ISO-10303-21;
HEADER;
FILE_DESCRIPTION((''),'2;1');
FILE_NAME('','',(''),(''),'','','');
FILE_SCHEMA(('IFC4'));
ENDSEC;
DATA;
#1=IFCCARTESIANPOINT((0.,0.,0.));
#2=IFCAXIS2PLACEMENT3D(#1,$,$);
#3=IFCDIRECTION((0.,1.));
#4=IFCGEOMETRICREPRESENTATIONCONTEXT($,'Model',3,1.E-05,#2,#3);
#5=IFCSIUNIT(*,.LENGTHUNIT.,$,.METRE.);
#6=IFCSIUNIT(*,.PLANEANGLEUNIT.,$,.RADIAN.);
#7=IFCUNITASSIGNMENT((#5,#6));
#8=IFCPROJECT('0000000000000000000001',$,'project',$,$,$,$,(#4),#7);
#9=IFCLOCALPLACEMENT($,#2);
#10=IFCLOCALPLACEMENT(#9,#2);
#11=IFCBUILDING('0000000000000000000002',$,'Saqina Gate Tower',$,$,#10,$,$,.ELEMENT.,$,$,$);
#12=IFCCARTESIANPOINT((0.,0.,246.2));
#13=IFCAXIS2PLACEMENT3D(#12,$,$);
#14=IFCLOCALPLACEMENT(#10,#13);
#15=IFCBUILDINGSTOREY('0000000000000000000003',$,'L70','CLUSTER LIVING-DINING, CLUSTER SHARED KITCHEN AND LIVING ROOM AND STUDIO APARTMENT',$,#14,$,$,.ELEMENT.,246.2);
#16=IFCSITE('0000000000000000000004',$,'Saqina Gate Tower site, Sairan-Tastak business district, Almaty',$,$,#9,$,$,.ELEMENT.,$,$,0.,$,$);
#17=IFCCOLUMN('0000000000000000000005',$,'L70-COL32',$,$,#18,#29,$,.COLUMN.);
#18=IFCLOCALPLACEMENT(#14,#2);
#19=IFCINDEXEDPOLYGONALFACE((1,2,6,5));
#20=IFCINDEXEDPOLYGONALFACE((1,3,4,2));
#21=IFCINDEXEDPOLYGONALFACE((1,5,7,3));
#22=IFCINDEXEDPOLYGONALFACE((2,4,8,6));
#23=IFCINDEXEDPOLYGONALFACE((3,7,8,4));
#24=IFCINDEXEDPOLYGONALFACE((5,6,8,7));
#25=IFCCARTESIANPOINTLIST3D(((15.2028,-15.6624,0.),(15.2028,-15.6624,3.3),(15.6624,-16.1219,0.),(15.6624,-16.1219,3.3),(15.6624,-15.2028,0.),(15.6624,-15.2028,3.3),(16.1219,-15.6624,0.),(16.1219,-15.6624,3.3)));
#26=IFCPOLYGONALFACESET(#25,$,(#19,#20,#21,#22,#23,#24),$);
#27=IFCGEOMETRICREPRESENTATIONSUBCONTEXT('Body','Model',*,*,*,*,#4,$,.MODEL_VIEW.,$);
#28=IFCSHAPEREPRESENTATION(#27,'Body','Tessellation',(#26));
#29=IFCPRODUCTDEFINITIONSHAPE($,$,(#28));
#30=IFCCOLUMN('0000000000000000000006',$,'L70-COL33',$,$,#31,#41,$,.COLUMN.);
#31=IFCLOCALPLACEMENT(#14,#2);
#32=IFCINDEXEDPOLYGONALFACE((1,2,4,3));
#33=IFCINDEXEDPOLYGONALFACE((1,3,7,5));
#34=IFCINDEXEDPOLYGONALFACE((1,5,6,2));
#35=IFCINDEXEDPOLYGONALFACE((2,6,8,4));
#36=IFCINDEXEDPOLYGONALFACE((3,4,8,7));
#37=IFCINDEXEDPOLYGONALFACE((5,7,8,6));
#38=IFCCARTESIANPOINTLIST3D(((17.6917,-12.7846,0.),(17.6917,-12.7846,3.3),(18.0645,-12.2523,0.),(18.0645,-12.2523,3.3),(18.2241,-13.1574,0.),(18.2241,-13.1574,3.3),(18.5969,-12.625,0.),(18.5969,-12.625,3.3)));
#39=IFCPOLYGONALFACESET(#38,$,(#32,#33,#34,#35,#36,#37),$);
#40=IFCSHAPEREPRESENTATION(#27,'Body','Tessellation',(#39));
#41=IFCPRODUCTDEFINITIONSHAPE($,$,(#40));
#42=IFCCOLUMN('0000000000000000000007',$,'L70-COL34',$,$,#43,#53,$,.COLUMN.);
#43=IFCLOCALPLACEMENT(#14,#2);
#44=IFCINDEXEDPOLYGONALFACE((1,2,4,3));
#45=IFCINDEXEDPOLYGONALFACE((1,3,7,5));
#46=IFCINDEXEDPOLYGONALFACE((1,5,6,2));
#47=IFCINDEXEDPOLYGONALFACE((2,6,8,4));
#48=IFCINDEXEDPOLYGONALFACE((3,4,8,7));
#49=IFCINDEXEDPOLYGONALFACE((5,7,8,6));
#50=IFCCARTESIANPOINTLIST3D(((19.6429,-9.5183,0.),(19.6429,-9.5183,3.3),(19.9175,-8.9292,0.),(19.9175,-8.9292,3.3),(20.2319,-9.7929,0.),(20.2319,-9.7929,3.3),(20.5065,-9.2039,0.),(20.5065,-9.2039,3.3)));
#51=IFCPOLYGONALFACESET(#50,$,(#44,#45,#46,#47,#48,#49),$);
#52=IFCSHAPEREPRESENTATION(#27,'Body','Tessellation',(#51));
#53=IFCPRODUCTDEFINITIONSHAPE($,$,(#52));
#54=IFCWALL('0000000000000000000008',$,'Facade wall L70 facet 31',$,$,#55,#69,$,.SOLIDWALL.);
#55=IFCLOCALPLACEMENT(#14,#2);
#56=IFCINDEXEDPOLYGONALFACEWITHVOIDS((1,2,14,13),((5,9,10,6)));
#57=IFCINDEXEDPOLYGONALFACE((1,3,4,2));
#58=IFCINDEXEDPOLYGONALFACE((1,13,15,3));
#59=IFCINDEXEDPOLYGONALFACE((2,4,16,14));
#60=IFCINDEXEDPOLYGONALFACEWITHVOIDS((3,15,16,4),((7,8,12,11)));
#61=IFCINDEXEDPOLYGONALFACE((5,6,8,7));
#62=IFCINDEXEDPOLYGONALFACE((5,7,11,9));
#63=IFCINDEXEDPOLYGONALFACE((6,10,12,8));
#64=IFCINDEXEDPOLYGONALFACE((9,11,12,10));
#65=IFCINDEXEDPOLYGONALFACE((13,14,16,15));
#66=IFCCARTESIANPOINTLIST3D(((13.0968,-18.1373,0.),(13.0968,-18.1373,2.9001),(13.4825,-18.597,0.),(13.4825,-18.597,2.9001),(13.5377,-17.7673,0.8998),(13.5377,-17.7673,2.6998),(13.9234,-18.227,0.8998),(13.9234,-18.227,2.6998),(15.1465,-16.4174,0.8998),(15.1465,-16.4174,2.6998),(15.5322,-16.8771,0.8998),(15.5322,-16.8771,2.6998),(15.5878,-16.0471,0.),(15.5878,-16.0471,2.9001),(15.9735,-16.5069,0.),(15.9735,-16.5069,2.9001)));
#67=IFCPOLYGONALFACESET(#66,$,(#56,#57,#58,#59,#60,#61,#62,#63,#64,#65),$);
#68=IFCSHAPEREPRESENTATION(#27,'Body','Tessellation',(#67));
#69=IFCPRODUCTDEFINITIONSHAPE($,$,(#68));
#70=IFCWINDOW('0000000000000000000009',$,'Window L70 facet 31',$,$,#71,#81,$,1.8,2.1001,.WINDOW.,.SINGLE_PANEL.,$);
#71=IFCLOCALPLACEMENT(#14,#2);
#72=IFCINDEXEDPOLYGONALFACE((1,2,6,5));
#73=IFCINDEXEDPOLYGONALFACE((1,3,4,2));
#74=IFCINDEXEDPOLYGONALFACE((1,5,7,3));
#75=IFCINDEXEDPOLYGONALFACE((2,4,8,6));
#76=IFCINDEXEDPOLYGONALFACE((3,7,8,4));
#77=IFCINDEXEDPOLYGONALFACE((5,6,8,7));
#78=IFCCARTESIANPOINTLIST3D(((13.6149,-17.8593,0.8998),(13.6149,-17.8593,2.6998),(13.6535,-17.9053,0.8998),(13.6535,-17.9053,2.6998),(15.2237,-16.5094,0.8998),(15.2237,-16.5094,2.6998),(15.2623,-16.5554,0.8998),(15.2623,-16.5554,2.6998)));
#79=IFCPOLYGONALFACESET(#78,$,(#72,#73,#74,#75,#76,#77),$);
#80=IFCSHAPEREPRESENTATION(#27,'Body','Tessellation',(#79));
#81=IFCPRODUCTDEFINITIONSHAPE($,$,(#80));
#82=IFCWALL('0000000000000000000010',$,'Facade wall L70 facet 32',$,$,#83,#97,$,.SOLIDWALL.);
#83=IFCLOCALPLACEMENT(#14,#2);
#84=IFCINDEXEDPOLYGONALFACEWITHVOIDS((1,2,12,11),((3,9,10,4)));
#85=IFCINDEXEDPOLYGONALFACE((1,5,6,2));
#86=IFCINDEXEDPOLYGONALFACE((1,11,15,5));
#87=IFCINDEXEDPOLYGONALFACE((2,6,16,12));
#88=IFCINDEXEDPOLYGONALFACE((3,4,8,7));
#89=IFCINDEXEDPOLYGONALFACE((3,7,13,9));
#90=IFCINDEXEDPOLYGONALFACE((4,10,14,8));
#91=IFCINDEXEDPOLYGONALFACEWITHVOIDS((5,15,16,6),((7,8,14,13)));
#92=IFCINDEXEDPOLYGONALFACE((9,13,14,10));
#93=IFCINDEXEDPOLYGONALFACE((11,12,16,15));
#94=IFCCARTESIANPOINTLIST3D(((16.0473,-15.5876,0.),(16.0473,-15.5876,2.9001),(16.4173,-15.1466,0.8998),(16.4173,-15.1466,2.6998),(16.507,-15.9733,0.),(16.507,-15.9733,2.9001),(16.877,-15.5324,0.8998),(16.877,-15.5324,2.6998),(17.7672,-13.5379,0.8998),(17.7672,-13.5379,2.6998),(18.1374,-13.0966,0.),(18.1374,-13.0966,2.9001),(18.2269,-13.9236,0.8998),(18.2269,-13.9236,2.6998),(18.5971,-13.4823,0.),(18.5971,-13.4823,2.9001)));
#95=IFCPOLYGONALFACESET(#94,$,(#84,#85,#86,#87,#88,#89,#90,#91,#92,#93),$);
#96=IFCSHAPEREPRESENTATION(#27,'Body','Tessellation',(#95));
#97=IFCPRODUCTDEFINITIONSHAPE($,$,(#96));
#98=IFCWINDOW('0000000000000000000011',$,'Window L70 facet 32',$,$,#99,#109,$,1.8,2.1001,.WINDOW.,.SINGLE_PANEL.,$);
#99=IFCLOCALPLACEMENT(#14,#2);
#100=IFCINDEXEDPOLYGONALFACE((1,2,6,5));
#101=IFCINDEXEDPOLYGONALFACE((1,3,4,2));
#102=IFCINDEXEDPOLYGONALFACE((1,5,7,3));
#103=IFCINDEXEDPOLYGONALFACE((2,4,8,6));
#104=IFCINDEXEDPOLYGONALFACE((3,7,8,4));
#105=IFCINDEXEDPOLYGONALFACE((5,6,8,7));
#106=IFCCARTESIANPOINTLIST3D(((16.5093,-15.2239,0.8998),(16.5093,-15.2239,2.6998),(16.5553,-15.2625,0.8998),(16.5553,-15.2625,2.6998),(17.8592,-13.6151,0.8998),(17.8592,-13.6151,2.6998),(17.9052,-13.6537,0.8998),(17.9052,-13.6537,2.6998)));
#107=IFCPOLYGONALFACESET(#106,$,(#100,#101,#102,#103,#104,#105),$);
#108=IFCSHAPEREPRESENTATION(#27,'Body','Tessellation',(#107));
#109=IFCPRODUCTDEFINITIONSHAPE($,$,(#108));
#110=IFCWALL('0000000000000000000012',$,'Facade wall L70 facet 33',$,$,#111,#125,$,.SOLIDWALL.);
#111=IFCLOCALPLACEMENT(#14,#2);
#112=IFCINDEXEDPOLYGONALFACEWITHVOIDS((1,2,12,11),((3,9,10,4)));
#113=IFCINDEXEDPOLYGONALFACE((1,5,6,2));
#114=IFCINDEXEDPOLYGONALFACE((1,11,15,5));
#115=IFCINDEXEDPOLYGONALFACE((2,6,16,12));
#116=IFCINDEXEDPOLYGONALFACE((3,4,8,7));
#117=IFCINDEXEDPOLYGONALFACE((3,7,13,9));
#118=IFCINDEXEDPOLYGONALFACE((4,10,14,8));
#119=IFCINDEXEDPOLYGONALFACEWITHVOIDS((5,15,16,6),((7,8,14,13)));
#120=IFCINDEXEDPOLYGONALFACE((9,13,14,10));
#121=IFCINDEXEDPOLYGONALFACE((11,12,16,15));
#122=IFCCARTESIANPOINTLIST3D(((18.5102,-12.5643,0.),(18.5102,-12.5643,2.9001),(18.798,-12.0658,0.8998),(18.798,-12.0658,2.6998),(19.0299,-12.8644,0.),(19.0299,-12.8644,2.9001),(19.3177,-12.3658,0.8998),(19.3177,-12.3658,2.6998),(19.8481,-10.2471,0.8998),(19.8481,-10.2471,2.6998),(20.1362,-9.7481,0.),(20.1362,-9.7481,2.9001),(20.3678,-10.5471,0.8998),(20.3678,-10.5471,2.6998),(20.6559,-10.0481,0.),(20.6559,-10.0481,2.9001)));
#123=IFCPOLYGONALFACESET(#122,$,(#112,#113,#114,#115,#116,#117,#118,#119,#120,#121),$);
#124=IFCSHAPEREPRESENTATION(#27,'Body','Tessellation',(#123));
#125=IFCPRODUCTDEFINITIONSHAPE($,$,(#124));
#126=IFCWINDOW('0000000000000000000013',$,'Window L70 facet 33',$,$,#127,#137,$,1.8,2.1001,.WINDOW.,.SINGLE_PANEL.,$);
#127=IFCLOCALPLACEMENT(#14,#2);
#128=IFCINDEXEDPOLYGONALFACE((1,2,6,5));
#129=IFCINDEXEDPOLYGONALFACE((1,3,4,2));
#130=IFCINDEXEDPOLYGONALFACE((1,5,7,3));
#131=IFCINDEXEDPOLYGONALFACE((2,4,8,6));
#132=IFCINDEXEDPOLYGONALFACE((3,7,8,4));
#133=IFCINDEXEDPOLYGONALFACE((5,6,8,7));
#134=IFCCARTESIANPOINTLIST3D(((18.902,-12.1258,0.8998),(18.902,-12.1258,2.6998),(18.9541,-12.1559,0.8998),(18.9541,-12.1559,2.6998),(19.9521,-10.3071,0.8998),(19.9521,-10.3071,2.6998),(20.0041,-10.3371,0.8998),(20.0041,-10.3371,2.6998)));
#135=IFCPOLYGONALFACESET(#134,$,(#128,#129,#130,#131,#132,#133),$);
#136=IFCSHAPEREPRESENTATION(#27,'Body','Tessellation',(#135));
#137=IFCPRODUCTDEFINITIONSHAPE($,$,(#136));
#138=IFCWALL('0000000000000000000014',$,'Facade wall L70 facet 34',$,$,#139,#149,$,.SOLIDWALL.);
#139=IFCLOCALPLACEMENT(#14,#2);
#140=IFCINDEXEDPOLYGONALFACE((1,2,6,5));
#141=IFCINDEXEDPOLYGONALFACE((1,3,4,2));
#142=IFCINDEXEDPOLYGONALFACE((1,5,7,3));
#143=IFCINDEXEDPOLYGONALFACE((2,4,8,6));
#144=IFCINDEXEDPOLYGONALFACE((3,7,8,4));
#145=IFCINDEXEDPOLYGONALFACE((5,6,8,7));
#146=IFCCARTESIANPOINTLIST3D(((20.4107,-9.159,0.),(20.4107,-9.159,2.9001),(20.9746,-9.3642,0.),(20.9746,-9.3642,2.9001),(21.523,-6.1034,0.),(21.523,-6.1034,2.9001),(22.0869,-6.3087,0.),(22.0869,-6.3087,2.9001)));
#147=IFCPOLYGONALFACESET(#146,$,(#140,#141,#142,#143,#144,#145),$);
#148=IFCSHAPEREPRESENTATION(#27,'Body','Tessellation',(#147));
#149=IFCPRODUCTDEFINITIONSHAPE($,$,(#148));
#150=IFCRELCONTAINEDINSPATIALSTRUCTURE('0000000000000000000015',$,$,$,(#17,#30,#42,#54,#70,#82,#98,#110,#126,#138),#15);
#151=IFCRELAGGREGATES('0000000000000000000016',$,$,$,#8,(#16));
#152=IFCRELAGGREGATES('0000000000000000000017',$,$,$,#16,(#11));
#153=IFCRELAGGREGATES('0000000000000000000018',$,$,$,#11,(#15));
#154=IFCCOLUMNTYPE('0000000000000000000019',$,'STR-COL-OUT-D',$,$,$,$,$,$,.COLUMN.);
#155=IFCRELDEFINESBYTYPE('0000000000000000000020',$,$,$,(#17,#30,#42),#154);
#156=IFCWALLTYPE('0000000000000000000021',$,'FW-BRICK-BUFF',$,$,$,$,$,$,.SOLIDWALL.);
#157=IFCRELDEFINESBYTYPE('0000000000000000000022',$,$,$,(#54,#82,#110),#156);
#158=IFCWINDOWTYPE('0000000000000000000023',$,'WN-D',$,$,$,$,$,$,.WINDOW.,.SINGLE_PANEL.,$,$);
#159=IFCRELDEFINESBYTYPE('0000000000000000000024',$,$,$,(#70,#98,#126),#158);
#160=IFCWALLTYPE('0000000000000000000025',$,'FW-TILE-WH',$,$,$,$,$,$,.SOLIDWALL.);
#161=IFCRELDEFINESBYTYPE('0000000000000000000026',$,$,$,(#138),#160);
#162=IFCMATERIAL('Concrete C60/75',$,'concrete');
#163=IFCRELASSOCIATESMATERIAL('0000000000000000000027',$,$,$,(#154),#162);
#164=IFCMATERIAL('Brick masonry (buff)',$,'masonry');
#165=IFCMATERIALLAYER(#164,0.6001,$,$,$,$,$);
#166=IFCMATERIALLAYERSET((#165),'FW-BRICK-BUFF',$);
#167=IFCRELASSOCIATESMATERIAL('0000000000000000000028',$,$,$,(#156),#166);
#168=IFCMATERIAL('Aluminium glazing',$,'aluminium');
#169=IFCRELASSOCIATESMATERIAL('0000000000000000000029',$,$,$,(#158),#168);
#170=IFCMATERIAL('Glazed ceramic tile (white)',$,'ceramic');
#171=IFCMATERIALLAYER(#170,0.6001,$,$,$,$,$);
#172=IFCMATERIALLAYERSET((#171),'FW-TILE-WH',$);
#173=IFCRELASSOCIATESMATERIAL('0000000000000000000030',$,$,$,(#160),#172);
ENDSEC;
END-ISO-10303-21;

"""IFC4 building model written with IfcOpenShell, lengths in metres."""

from ifc_helpers import new_model, si_unit, direction, frame, frame_2d, origin, origin_2d, place, context, subcontext, project, spatial, rectangle, extrude, material, layer, layer_set, material_profile, profile_set, type_object, element, fill, save


model = new_model("IFC4")

# Units and contexts
model_context = context("Model", 3, precision=1e-05, world=origin(), true_north=direction((0.0, 1.0)))
body_context = subcontext(model_context, "Body", "Model", "MODEL_VIEW")
ifc_project = project(units=[si_unit("LENGTHUNIT", "METRE"), si_unit("PLANEANGLEUNIT", "RADIAN")], contexts=[model_context])

# Site, building, storey
site_placement = place(None, origin())
site = spatial("IfcSite", under=ifc_project, at=site_placement, Name="Saqina Gate Tower site, Sairan-Tastak business district, Almaty", CompositionType="ELEMENT", RefElevation=0.0)
building_placement = place(site_placement, origin())
building = spatial("IfcBuilding", under=site, at=building_placement, Name="Saqina Gate Tower", CompositionType="ELEMENT")
storey_placement = place(building_placement, frame((0.0, 0.0, 246.2)))
storey = spatial("IfcBuildingStorey", under=building, at=storey_placement, Name="L70", Description="CLUSTER LIVING-DINING, CLUSTER SHARED KITCHEN AND LIVING ROOM AND STUDIO APARTMENT", CompositionType="ELEMENT", Elevation=246.2)

# Columns
ifc_material_1 = material(Name="Concrete C60/75", Category="concrete")
ifc_material_profile = material_profile(ifc_material_1, rectangle(XDim=0.6499, YDim=0.6499, at=origin_2d()), Name="RC 650x650")
ifc_profile_set = profile_set([ifc_material_profile], Name="Concrete C60/75")
column_type = type_object("IfcColumnType", Name="STR-COL-OUT-D", PredefinedType="COLUMN", material=ifc_profile_set)
for number, where, z_axis, x_axis, name in (
    (1, (15.6624, -15.6624, 0.0), (0.0, 0.0, 1.0), (0.707107, -0.707107, 0.0), "L70-COL32"),
    (2, (18.1443, -12.7048, 0.0), (0.0, 0.0, 1.0), (0.819152, -0.573576, 0.0), "L70-COL33"),
    (3, (20.0747, -9.3611, 0.0), (0.0, 0.0, 1.0), (0.906308, -0.422618, 0.0), "L70-COL34"),
):
    element("IfcColumn", number, at=place(storey_placement, frame(where, z_axis=z_axis, x_axis=x_axis)), inside=storey, type_object=column_type, Name=name, PredefinedType="COLUMN", context=body_context, shape_type="SweptSolid", body=[
        extrude(rectangle(XDim=0.6499, YDim=0.6499, at=origin_2d()), origin(), (0.0, 0.0, 1.0), 3.3),
    ])

# Walls, openings, windows
ifc_material_2 = material(Name="Brick masonry (buff)", Category="masonry")
ifc_layer_1 = layer(ifc_material_2, 0.6001)
ifc_layer_set_1 = layer_set([ifc_layer_1], Name="FW-BRICK-BUFF")
wall_type_1 = type_object("IfcWallType", Name="FW-BRICK-BUFF", PredefinedType="SOLIDWALL", material=ifc_layer_set_1)
wall_1_placement = place(storey_placement, frame((13.2896, -18.3672, 0.0), z_axis=(0.0, 0.0, 1.0), x_axis=(0.766057, 0.642773, 0.0)))
wall_1 = element("IfcWall", 4, at=wall_1_placement, inside=storey, type_object=wall_type_1, Name="Facade wall L70 facet 31", PredefinedType="SOLIDWALL", context=body_context, shape_type="SweptSolid", body=[
    extrude(rectangle(XDim=3.2517, YDim=0.6001, at=frame_2d((1.626, 0.0))), origin(), (0.0, 0.0, 1.0), 2.9001),
])
opening_1_placement = place(wall_1_placement, frame((0.5757, 0.0, 0.8999)))
opening_1 = element("IfcOpeningElement", 5, at=opening_1_placement, cuts=wall_1, PredefinedType="OPENING", context=body_context, shape_type="SweptSolid", body=[
    extrude(rectangle(XDim=2.1001, YDim=1.8, at=frame_2d((1.05, 0.8999))), frame((0.0, 0.312, 0.0), z_axis=(0.0, -1.0, 0.0), x_axis=(1.0, 0.0, 0.0)), (0.0, 0.0, 1.0), 0.624),
])
ifc_material_3 = material(Name="Aluminium glazing", Category="aluminium")
window_type = type_object("IfcWindowType", Name="WN-D", PartitioningType="SINGLE_PANEL", PredefinedType="WINDOW", material=ifc_material_3)
window_1_placement = place(opening_1_placement, origin())
window_1 = element("IfcWindow", 6, at=window_1_placement, inside=storey, type_object=window_type, Name="Window L70 facet 31", OverallHeight=1.8, OverallWidth=2.1001, PartitioningType="SINGLE_PANEL", PredefinedType="WINDOW", context=body_context, shape_type="SweptSolid", body=[
    extrude(rectangle(XDim=2.1001, YDim=1.8, at=frame_2d((1.05, 0.8999))), frame((0.0, 0.1799, 0.0), z_axis=(0.0, -1.0, 0.0), x_axis=(1.0, 0.0, 0.0)), (0.0, 0.0, 1.0), 0.0601),
])
fill(opening_1, window_1)
wall_2_placement = place(storey_placement, frame((16.2771, -15.7805, 0.0), z_axis=(0.0, 0.0, 1.0), x_axis=(0.642773, 0.766057, 0.0)))
wall_2 = element("IfcWall", 7, at=wall_2_placement, inside=storey, type_object=wall_type_1, Name="Facade wall L70 facet 32", PredefinedType="SOLIDWALL", context=body_context, shape_type="SweptSolid", body=[
    extrude(rectangle(XDim=3.2517, YDim=0.6001, at=frame_2d((1.626, 0.0))), origin(), (0.0, 0.0, 1.0), 2.9001),
])
opening_2_placement = place(wall_2_placement, frame((0.5757, 0.0, 0.8999)))
opening_2 = element("IfcOpeningElement", 8, at=opening_2_placement, cuts=wall_2, PredefinedType="OPENING", context=body_context, shape_type="SweptSolid", body=[
    extrude(rectangle(XDim=2.1001, YDim=1.8, at=frame_2d((1.05, 0.8999))), frame((0.0, 0.312, 0.0), z_axis=(0.0, -1.0, 0.0), x_axis=(1.0, 0.0, 0.0)), (0.0, 0.0, 1.0), 0.624),
])
window_2_placement = place(opening_2_placement, origin())
window_2 = element("IfcWindow", 9, at=window_2_placement, inside=storey, type_object=window_type, Name="Window L70 facet 32", OverallHeight=1.8, OverallWidth=2.1001, PartitioningType="SINGLE_PANEL", PredefinedType="WINDOW", context=body_context, shape_type="SweptSolid", body=[
    extrude(rectangle(XDim=2.1001, YDim=1.8, at=frame_2d((1.05, 0.8999))), frame((0.0, 0.1799, 0.0), z_axis=(0.0, -1.0, 0.0), x_axis=(1.0, 0.0, 0.0)), (0.0, 0.0, 1.0), 0.0601),
])
fill(opening_2, window_2)
wall_3_placement = place(storey_placement, frame((18.77, -12.7144, 0.0), z_axis=(0.0, 0.0, 1.0), x_axis=(0.500015, 0.866017, 0.0)))
wall_3 = element("IfcWall", 10, at=wall_3_placement, inside=storey, type_object=wall_type_1, Name="Facade wall L70 facet 33", PredefinedType="SOLIDWALL", context=body_context, shape_type="SweptSolid", body=[
    extrude(rectangle(XDim=3.252, YDim=0.6001, at=frame_2d((1.626, 0.0))), origin(), (0.0, 0.0, 1.0), 2.9001),
])
opening_3_placement = place(wall_3_placement, frame((0.5757, 0.0, 0.8999)))
opening_3 = element("IfcOpeningElement", 11, at=opening_3_placement, cuts=wall_3, PredefinedType="OPENING", context=body_context, shape_type="SweptSolid", body=[
    extrude(rectangle(XDim=2.1001, YDim=1.8, at=frame_2d((1.05, 0.8999))), frame((0.0, 0.312, 0.0), z_axis=(0.0, -1.0, 0.0), x_axis=(1.0, 0.0, 0.0)), (0.0, 0.0, 1.0), 0.624),
])
window_3_placement = place(opening_3_placement, origin())
window_3 = element("IfcWindow", 12, at=window_3_placement, inside=storey, type_object=window_type, Name="Window L70 facet 33", OverallHeight=1.8, OverallWidth=2.1001, PartitioningType="SINGLE_PANEL", PredefinedType="WINDOW", context=body_context, shape_type="SweptSolid", body=[
    extrude(rectangle(XDim=2.1001, YDim=1.8, at=frame_2d((1.05, 0.8999))), frame((0.0, 0.1799, 0.0), z_axis=(0.0, -1.0, 0.0), x_axis=(1.0, 0.0, 0.0)), (0.0, 0.0, 1.0), 0.0601),
])
fill(opening_3, window_3)

# Wall
ifc_material_4 = material(Name="Glazed ceramic tile (white)", Category="ceramic")
ifc_layer_2 = layer(ifc_material_4, 0.6001)
ifc_layer_set_2 = layer_set([ifc_layer_2], Name="FW-TILE-WH")
wall_type_2 = type_object("IfcWallType", Name="FW-TILE-WH", PredefinedType="SOLIDWALL", material=ifc_layer_set_2)
wall_4_placement = place(storey_placement, frame((20.6926, -9.2617, 0.0), z_axis=(0.0, 0.0, 1.0), x_axis=(0.342057, 0.939679, 0.0)))
element("IfcWall", 13, at=wall_4_placement, inside=storey, type_object=wall_type_2, Name="Facade wall L70 facet 34", PredefinedType="SOLIDWALL", context=body_context, shape_type="SweptSolid", body=[
    extrude(rectangle(XDim=3.2517, YDim=0.6001, at=frame_2d((1.626, 0.0))), origin(), (0.0, 0.0, 1.0), 2.9001),
])

save(model, "model.ifc")
